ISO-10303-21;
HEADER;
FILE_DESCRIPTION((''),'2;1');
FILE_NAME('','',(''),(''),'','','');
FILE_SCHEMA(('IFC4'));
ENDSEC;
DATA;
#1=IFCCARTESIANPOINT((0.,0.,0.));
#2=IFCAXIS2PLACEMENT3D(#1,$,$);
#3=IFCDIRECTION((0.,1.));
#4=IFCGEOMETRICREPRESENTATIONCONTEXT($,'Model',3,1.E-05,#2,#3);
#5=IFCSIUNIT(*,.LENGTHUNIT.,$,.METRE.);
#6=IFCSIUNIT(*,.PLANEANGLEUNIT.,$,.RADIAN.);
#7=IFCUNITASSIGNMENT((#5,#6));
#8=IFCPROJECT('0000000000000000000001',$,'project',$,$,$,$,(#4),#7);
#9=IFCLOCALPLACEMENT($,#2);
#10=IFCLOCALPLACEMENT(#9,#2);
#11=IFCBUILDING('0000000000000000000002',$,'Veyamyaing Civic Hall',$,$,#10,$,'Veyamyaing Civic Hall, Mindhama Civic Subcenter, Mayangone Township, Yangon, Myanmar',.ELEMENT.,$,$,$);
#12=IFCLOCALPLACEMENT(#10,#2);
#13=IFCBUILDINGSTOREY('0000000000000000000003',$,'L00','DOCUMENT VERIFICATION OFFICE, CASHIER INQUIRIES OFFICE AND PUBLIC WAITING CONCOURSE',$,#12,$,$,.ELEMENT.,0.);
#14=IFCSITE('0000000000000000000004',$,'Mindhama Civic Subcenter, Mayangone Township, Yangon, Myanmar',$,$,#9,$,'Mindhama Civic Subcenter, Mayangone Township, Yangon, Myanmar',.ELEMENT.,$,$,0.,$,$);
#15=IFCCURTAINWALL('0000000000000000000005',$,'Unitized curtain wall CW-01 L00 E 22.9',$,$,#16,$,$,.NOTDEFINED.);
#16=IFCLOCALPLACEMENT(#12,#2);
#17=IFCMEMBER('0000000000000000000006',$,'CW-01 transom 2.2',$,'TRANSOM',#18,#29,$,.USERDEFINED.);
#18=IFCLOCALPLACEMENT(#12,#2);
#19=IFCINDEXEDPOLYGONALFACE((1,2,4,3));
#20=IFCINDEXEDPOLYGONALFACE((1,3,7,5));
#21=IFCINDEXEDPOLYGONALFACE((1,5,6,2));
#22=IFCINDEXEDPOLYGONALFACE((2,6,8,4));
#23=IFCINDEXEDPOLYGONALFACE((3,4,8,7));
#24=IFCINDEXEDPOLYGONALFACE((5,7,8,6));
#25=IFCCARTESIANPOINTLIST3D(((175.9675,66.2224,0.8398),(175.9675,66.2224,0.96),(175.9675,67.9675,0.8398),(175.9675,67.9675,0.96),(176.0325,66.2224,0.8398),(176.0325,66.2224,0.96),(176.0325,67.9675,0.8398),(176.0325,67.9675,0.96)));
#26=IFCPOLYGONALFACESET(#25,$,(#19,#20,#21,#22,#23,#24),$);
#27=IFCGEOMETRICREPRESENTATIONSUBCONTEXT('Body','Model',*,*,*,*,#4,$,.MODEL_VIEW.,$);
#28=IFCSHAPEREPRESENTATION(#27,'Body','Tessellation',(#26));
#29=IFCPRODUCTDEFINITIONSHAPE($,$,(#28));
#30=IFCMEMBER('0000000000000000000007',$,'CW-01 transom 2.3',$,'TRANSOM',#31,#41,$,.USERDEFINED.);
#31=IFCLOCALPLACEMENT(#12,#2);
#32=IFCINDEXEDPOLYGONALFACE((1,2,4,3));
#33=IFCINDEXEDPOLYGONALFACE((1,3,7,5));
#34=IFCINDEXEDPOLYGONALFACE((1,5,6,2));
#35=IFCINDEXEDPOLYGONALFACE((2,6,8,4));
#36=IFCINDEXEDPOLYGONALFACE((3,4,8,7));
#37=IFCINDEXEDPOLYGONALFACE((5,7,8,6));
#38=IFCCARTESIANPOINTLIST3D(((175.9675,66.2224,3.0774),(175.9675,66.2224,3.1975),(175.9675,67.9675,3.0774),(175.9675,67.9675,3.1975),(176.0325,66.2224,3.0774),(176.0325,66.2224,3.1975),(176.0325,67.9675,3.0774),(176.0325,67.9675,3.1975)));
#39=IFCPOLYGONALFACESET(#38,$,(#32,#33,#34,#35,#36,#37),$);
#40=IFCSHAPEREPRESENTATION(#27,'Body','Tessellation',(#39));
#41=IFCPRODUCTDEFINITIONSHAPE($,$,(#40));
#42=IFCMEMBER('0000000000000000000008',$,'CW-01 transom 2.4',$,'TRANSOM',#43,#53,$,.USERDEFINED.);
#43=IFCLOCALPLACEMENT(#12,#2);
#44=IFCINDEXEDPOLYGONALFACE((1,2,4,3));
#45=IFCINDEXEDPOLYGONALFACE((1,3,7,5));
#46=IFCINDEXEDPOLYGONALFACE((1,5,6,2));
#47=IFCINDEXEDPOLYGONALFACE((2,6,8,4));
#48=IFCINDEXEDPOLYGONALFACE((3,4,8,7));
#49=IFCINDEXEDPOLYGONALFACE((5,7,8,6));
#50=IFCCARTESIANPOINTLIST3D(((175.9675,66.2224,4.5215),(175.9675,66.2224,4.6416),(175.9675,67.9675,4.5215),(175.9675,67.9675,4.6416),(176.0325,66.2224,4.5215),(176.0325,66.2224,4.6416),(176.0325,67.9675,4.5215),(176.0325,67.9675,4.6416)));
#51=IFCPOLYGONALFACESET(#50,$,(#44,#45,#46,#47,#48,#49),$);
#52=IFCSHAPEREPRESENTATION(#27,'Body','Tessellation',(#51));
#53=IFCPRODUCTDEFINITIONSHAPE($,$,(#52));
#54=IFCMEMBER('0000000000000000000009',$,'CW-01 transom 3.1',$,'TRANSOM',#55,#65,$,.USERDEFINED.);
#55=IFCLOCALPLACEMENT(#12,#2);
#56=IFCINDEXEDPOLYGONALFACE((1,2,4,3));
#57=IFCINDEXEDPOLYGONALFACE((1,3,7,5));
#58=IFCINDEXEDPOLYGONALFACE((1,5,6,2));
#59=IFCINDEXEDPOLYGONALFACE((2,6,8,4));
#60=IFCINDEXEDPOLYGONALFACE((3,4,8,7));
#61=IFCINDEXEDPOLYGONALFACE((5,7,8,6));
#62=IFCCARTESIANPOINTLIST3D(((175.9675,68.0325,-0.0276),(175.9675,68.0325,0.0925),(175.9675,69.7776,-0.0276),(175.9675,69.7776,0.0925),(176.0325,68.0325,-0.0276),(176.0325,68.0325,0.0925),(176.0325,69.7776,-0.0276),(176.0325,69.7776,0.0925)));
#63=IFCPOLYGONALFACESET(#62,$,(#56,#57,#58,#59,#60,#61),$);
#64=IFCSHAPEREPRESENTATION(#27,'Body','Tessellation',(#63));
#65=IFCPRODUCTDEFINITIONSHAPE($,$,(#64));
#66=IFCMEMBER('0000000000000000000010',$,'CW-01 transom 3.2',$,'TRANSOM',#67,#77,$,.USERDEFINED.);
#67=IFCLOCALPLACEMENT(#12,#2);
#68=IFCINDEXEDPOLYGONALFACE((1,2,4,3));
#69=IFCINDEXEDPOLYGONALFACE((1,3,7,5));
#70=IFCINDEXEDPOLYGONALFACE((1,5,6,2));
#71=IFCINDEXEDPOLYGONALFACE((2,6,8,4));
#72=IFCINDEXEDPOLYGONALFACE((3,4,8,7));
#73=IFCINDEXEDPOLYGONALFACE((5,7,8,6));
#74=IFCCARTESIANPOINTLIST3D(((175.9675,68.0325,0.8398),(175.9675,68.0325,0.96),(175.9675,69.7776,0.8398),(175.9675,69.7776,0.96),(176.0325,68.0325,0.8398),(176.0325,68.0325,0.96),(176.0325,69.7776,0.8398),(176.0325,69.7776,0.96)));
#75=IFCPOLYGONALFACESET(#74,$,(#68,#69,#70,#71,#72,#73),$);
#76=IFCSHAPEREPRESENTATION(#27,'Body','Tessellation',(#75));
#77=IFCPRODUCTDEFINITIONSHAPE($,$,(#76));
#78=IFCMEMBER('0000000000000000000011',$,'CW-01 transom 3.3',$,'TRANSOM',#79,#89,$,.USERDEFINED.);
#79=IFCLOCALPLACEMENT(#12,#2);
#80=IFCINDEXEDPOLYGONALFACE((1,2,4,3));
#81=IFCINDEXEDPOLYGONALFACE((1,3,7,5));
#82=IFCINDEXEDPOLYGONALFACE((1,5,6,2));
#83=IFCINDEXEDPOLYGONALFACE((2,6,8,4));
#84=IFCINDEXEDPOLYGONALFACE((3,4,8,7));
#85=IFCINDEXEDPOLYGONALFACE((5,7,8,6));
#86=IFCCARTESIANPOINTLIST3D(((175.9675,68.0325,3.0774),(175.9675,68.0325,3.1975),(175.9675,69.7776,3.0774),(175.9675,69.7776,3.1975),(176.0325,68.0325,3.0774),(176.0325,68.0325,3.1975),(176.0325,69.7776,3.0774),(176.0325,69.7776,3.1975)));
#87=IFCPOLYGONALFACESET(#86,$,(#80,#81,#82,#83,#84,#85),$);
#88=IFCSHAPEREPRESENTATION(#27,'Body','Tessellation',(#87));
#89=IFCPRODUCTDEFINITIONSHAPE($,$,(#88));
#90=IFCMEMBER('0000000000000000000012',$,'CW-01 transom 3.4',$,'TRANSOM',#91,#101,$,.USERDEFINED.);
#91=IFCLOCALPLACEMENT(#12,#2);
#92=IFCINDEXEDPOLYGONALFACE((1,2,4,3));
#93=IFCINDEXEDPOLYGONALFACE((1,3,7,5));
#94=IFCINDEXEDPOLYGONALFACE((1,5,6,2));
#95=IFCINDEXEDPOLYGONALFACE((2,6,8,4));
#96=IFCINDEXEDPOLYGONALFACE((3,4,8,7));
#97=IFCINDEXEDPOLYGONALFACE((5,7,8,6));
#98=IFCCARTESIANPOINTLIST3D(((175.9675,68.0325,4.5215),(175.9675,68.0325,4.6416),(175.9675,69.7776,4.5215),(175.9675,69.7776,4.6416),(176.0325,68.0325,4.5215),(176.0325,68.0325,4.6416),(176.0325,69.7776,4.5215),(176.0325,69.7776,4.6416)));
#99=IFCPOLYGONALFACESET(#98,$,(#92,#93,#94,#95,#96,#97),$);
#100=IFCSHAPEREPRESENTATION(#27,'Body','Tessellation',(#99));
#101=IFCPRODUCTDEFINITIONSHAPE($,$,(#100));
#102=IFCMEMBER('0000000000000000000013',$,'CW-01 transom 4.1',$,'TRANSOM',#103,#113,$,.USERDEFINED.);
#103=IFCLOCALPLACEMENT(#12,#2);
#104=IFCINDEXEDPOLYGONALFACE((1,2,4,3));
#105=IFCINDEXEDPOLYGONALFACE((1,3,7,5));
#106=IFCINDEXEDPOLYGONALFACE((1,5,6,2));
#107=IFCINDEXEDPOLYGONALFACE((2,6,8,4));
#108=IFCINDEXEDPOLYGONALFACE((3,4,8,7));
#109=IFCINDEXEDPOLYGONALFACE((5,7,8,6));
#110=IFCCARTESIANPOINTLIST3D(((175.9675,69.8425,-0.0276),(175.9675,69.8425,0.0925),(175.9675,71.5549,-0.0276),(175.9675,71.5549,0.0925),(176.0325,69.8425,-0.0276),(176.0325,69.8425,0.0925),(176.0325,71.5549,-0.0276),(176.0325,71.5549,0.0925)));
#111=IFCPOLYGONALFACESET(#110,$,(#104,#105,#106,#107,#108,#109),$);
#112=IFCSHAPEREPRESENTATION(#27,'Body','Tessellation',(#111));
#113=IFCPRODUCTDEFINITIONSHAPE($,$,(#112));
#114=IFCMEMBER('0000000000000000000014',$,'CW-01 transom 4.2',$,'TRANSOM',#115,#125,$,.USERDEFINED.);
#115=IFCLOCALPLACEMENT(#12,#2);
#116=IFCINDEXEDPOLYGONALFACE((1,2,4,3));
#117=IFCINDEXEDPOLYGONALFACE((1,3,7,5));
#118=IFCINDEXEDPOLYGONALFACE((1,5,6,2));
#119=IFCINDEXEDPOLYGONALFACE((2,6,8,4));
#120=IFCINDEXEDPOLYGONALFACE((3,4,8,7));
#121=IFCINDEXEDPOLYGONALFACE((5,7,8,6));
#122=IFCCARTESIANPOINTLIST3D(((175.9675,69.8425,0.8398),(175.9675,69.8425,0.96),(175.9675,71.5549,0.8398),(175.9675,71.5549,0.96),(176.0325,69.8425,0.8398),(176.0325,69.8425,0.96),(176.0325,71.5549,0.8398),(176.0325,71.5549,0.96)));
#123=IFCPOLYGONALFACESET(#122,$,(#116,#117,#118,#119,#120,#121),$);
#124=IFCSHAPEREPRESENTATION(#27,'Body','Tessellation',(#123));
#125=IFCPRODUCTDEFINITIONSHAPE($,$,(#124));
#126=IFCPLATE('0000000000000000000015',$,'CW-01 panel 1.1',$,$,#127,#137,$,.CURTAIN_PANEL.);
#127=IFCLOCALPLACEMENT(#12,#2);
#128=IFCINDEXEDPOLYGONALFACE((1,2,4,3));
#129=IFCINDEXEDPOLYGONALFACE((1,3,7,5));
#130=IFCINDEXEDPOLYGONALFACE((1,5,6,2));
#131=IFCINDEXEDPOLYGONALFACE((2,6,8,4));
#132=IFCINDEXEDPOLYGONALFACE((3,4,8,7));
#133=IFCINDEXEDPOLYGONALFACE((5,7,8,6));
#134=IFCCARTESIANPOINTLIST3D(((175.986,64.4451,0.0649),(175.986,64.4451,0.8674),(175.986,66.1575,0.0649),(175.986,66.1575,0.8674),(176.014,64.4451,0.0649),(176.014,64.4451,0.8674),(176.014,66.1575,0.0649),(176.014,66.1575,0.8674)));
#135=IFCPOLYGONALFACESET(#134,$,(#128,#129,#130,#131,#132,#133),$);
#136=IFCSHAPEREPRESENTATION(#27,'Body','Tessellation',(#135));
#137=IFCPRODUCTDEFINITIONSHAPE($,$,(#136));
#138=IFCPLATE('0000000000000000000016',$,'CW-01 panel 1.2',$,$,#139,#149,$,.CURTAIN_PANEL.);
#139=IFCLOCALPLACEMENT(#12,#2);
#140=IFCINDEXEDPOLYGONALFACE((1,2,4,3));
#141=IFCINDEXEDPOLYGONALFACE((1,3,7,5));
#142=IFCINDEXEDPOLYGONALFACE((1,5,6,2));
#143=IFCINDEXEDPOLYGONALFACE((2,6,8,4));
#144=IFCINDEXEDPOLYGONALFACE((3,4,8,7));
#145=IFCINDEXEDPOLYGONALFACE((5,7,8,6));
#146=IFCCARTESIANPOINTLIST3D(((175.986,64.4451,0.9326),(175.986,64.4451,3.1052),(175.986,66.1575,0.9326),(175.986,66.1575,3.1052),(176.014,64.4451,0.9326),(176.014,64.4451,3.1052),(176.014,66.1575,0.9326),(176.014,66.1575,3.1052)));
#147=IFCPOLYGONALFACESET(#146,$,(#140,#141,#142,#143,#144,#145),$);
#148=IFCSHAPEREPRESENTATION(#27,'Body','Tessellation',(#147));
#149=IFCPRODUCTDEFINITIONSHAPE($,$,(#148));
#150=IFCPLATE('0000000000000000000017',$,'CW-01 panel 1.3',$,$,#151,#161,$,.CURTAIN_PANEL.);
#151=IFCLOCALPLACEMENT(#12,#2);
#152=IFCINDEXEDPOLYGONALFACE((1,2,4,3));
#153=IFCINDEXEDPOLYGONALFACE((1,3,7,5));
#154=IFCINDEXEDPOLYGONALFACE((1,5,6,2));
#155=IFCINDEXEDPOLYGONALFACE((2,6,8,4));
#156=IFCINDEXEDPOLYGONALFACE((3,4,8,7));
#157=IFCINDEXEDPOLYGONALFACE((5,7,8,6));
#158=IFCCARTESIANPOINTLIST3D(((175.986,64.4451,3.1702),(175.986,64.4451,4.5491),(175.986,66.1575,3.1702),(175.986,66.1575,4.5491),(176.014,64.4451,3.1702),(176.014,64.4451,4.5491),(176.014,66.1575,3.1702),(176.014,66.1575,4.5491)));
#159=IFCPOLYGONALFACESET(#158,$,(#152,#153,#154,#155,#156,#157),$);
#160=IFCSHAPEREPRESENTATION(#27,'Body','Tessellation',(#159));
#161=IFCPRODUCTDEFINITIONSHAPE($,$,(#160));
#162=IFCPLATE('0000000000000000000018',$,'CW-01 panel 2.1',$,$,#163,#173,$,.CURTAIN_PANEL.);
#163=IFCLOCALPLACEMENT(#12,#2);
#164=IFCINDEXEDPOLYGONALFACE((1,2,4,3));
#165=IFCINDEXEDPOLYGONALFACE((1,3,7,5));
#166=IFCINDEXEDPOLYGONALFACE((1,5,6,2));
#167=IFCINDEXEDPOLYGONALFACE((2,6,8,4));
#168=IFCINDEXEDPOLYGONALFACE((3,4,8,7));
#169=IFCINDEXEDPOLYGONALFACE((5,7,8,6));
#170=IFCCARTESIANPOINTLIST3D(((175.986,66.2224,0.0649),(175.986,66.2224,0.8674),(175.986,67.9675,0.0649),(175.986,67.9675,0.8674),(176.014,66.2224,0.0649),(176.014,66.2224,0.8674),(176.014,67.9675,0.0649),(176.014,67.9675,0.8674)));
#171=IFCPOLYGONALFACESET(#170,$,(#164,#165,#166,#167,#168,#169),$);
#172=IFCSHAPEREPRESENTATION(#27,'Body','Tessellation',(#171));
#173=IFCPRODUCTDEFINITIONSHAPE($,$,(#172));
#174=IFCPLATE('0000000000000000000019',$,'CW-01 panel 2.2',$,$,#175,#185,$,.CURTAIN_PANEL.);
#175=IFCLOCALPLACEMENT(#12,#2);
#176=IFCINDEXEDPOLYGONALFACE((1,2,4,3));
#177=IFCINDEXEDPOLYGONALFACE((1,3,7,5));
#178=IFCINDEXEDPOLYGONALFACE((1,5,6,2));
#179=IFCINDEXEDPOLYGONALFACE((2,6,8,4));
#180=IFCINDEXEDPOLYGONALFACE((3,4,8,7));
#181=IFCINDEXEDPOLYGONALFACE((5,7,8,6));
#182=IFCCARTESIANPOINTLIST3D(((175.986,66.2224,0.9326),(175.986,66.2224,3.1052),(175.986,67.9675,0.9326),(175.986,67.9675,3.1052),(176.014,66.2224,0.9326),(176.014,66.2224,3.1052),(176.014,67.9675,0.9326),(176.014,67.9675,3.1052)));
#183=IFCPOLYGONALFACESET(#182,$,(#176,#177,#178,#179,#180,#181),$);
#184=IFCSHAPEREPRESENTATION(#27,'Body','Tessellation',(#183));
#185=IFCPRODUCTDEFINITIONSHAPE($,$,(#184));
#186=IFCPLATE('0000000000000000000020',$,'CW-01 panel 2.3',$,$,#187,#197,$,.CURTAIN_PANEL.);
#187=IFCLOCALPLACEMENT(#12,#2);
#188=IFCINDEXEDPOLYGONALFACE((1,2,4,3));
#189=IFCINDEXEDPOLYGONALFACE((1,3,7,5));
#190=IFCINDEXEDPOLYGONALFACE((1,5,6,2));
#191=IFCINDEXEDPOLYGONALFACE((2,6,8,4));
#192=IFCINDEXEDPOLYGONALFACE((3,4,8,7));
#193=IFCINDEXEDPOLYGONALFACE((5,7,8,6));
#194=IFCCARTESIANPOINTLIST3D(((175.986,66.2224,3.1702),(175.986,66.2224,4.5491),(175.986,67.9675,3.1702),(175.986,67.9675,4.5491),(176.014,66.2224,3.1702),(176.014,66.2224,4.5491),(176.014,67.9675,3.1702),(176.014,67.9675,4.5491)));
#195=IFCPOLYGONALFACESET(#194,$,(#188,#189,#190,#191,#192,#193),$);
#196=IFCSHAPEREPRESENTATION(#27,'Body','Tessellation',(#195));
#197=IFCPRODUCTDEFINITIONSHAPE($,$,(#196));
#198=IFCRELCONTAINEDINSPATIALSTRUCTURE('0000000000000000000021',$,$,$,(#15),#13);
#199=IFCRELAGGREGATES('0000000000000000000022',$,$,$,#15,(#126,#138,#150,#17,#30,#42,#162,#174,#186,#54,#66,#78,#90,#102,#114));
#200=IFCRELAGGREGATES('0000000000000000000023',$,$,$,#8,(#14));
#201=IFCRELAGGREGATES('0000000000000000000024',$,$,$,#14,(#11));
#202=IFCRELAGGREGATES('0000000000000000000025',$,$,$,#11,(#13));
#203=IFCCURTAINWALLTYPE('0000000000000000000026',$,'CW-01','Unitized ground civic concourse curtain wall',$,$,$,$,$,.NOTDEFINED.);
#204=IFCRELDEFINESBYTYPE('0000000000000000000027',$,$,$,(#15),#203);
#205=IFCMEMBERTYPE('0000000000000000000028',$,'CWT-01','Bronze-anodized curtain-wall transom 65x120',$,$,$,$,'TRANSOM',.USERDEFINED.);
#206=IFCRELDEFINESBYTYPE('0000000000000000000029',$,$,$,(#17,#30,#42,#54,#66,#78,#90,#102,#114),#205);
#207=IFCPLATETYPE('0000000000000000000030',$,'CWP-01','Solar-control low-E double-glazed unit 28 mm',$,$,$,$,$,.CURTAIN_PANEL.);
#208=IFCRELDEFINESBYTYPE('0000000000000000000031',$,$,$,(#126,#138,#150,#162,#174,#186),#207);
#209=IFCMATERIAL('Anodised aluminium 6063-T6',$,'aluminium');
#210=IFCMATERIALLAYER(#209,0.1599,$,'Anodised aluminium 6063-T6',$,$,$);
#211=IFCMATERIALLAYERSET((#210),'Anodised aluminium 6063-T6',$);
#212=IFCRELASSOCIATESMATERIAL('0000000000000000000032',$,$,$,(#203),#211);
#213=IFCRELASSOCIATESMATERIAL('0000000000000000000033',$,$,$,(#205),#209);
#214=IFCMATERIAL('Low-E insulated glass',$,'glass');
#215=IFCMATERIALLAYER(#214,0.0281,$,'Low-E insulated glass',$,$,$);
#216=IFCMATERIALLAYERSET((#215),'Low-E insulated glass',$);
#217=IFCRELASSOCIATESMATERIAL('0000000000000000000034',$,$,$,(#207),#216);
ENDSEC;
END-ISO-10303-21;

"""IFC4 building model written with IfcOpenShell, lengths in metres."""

from ifc_helpers import new_model, si_unit, direction, frame, origin, origin_2d, place, context, subcontext, project, spatial, rectangle, extrude, material, layer, layer_set, material_profile, profile_set, type_object, element, aggregate, save


model = new_model("IFC4")

# Units and contexts
model_context = context("Model", 3, precision=1e-05, world=origin(), true_north=direction((0.0, 1.0)))
body_context = subcontext(model_context, "Body", "Model", "MODEL_VIEW")
ifc_project = project(units=[si_unit("LENGTHUNIT", "METRE"), si_unit("PLANEANGLEUNIT", "RADIAN")], contexts=[model_context])

# Site, building, storey
site_placement = place(None, origin())
site = spatial("IfcSite", under=ifc_project, at=site_placement, Name="Mindhama Civic Subcenter, Mayangone Township, Yangon, Myanmar", LongName="Mindhama Civic Subcenter, Mayangone Township, Yangon, Myanmar", CompositionType="ELEMENT", RefElevation=0.0)
building_placement = place(site_placement, origin())
building = spatial("IfcBuilding", under=site, at=building_placement, Name="Veyamyaing Civic Hall", LongName="Veyamyaing Civic Hall, Mindhama Civic Subcenter, Mayangone Township, Yangon, Myanmar", CompositionType="ELEMENT")
storey_placement = place(building_placement, origin())
storey = spatial("IfcBuildingStorey", under=building, at=storey_placement, Name="L00", Description="DOCUMENT VERIFICATION OFFICE, CASHIER INQUIRIES OFFICE AND PUBLIC WAITING CONCOURSE", CompositionType="ELEMENT", Elevation=0.0)

# Curtain wall, members, plates
ifc_material_1 = material(Name="Anodised aluminium 6063-T6", Category="aluminium")
ifc_layer_1 = layer(ifc_material_1, 0.1599, Name="Anodised aluminium 6063-T6")
ifc_layer_set_1 = layer_set([ifc_layer_1], Name="Anodised aluminium 6063-T6")
curtain_wall_type = type_object("IfcCurtainWallType", Name="CW-01", Description="Unitized ground civic concourse curtain wall", PredefinedType="NOTDEFINED", material=ifc_layer_set_1)
curtain_wall_placement = place(storey_placement, origin())
curtain_wall = element("IfcCurtainWall", 1, at=curtain_wall_placement, inside=storey, type_object=curtain_wall_type, Name="Unitized curtain wall CW-01 L00 E 22.9", PredefinedType="NOTDEFINED")
ifc_material_profile_1 = material_profile(ifc_material_1, rectangle(XDim=0.0649, YDim=0.1201, at=origin_2d()), Name="ALU-TRN-65X120")
ifc_profile_set_1 = profile_set([ifc_material_profile_1], Name="Anodised aluminium 6063-T6")
member_type_1 = type_object("IfcMemberType", Name="CWT-01", Description="Bronze-anodized curtain-wall transom 65x120", ElementType="TRANSOM", PredefinedType="USERDEFINED", material=ifc_profile_set_1)
member_1_placement = place(storey_placement, frame((176.0, 66.2224, 0.8999), z_axis=(0.0, 1.0, 0.0), x_axis=(-1.0, 0.0, 0.0)))
member_1 = element("IfcMember", 2, at=member_1_placement, type_object=member_type_1, Name="CW-01 transom 2.2", ObjectType="TRANSOM", PredefinedType="USERDEFINED", context=body_context, shape_type="SweptSolid", body=[
    extrude(rectangle(XDim=0.0649, YDim=0.1201, at=origin_2d()), origin(), (0.0, 0.0, 1.0), 1.7451),
])
member_2_placement = place(storey_placement, frame((176.0, 66.2224, 3.1375), z_axis=(0.0, 1.0, 0.0), x_axis=(-1.0, 0.0, 0.0)))
member_2 = element("IfcMember", 3, at=member_2_placement, type_object=member_type_1, Name="CW-01 transom 2.3", ObjectType="TRANSOM", PredefinedType="USERDEFINED", context=body_context, shape_type="SweptSolid", body=[
    extrude(rectangle(XDim=0.0649, YDim=0.1201, at=origin_2d()), origin(), (0.0, 0.0, 1.0), 1.7451),
])
member_3_placement = place(storey_placement, frame((176.0, 66.2224, 4.5815), z_axis=(0.0, 1.0, 0.0), x_axis=(-1.0, 0.0, 0.0)))
member_3 = element("IfcMember", 4, at=member_3_placement, type_object=member_type_1, Name="CW-01 transom 2.4", ObjectType="TRANSOM", PredefinedType="USERDEFINED", context=body_context, shape_type="SweptSolid", body=[
    extrude(rectangle(XDim=0.0649, YDim=0.1201, at=origin_2d()), origin(), (0.0, 0.0, 1.0), 1.7451),
])
member_4_placement = place(storey_placement, frame((176.0, 68.0325, 0.0325), z_axis=(0.0, 1.0, 0.0), x_axis=(-1.0, 0.0, 0.0)))
member_4 = element("IfcMember", 5, at=member_4_placement, type_object=member_type_1, Name="CW-01 transom 3.1", ObjectType="TRANSOM", PredefinedType="USERDEFINED", context=body_context, shape_type="SweptSolid", body=[
    extrude(rectangle(XDim=0.0649, YDim=0.1201, at=origin_2d()), origin(), (0.0, 0.0, 1.0), 1.7451),
])
member_5_placement = place(storey_placement, frame((176.0, 68.0325, 0.8999), z_axis=(0.0, 1.0, 0.0), x_axis=(-1.0, 0.0, 0.0)))
member_5 = element("IfcMember", 6, at=member_5_placement, type_object=member_type_1, Name="CW-01 transom 3.2", ObjectType="TRANSOM", PredefinedType="USERDEFINED", context=body_context, shape_type="SweptSolid", body=[
    extrude(rectangle(XDim=0.0649, YDim=0.1201, at=origin_2d()), origin(), (0.0, 0.0, 1.0), 1.7451),
])
member_6_placement = place(storey_placement, frame((176.0, 68.0325, 3.1375), z_axis=(0.0, 1.0, 0.0), x_axis=(-1.0, 0.0, 0.0)))
member_6 = element("IfcMember", 7, at=member_6_placement, type_object=member_type_1, Name="CW-01 transom 3.3", ObjectType="TRANSOM", PredefinedType="USERDEFINED", context=body_context, shape_type="SweptSolid", body=[
    extrude(rectangle(XDim=0.0649, YDim=0.1201, at=origin_2d()), origin(), (0.0, 0.0, 1.0), 1.7451),
])
member_7_placement = place(storey_placement, frame((176.0, 68.0325, 4.5815), z_axis=(0.0, 1.0, 0.0), x_axis=(-1.0, 0.0, 0.0)))
member_7 = element("IfcMember", 8, at=member_7_placement, type_object=member_type_1, Name="CW-01 transom 3.4", ObjectType="TRANSOM", PredefinedType="USERDEFINED", context=body_context, shape_type="SweptSolid", body=[
    extrude(rectangle(XDim=0.0649, YDim=0.1201, at=origin_2d()), origin(), (0.0, 0.0, 1.0), 1.7451),
])
member_8_placement = place(storey_placement, frame((176.0, 69.8425, 0.0325), z_axis=(0.0, 1.0, 0.0), x_axis=(-1.0, 0.0, 0.0)))
member_8 = element("IfcMember", 9, at=member_8_placement, type_object=member_type_1, Name="CW-01 transom 4.1", ObjectType="TRANSOM", PredefinedType="USERDEFINED", context=body_context, shape_type="SweptSolid", body=[
    extrude(rectangle(XDim=0.0649, YDim=0.1201, at=origin_2d()), origin(), (0.0, 0.0, 1.0), 1.7124),
])
member_9_placement = place(storey_placement, frame((176.0, 69.8425, 0.8999), z_axis=(0.0, 1.0, 0.0), x_axis=(-1.0, 0.0, 0.0)))
member_9 = element("IfcMember", 10, at=member_9_placement, type_object=member_type_1, Name="CW-01 transom 4.2", ObjectType="TRANSOM", PredefinedType="USERDEFINED", context=body_context, shape_type="SweptSolid", body=[
    extrude(rectangle(XDim=0.0649, YDim=0.1201, at=origin_2d()), origin(), (0.0, 0.0, 1.0), 1.7124),
])
ifc_material_2 = material(Name="Low-E insulated glass", Category="glass")
ifc_layer_2 = layer(ifc_material_2, 0.0281, Name="Low-E insulated glass")
ifc_layer_set_2 = layer_set([ifc_layer_2], Name="Low-E insulated glass")
plate_type = type_object("IfcPlateType", Name="CWP-01", Description="Solar-control low-E double-glazed unit 28 mm", PredefinedType="CURTAIN_PANEL", material=ifc_layer_set_2)
plate_1_placement = place(storey_placement, frame((176.0, 65.3013, 0.0649), z_axis=(0.0, 0.0, 1.0), x_axis=(0.0, 1.0, 0.0)))
plate_1 = element("IfcPlate", 11, at=plate_1_placement, type_object=plate_type, Name="CW-01 panel 1.1", PredefinedType="CURTAIN_PANEL", context=body_context, shape_type="SweptSolid", body=[
    extrude(rectangle(XDim=1.7124, YDim=0.0281, at=origin_2d()), origin(), (0.0, 0.0, 1.0), 0.8025),
])
plate_2_placement = place(storey_placement, frame((176.0, 65.3013, 0.9326), z_axis=(0.0, 0.0, 1.0), x_axis=(0.0, 1.0, 0.0)))
plate_2 = element("IfcPlate", 12, at=plate_2_placement, type_object=plate_type, Name="CW-01 panel 1.2", PredefinedType="CURTAIN_PANEL", context=body_context, shape_type="SweptSolid", body=[
    extrude(rectangle(XDim=1.7124, YDim=0.0281, at=origin_2d()), origin(), (0.0, 0.0, 1.0), 2.1726),
])
plate_3_placement = place(storey_placement, frame((176.0, 65.3013, 3.1702), z_axis=(0.0, 0.0, 1.0), x_axis=(0.0, 1.0, 0.0)))
plate_3 = element("IfcPlate", 13, at=plate_3_placement, type_object=plate_type, Name="CW-01 panel 1.3", PredefinedType="CURTAIN_PANEL", context=body_context, shape_type="SweptSolid", body=[
    extrude(rectangle(XDim=1.7124, YDim=0.0281, at=origin_2d()), origin(), (0.0, 0.0, 1.0), 1.3789),
])
plate_4_placement = place(storey_placement, frame((176.0, 67.095, 0.0649), z_axis=(0.0, 0.0, 1.0), x_axis=(0.0, 1.0, 0.0)))
plate_4 = element("IfcPlate", 14, at=plate_4_placement, type_object=plate_type, Name="CW-01 panel 2.1", PredefinedType="CURTAIN_PANEL", context=body_context, shape_type="SweptSolid", body=[
    extrude(rectangle(XDim=1.7451, YDim=0.0281, at=origin_2d()), origin(), (0.0, 0.0, 1.0), 0.8025),
])
plate_5_placement = place(storey_placement, frame((176.0, 67.095, 0.9326), z_axis=(0.0, 0.0, 1.0), x_axis=(0.0, 1.0, 0.0)))
plate_5 = element("IfcPlate", 15, at=plate_5_placement, type_object=plate_type, Name="CW-01 panel 2.2", PredefinedType="CURTAIN_PANEL", context=body_context, shape_type="SweptSolid", body=[
    extrude(rectangle(XDim=1.7451, YDim=0.0281, at=origin_2d()), origin(), (0.0, 0.0, 1.0), 2.1726),
])
plate_6_placement = place(storey_placement, frame((176.0, 67.095, 3.1702), z_axis=(0.0, 0.0, 1.0), x_axis=(0.0, 1.0, 0.0)))
plate_6 = element("IfcPlate", 16, at=plate_6_placement, type_object=plate_type, Name="CW-01 panel 2.3", PredefinedType="CURTAIN_PANEL", context=body_context, shape_type="SweptSolid", body=[
    extrude(rectangle(XDim=1.7451, YDim=0.0281, at=origin_2d()), origin(), (0.0, 0.0, 1.0), 1.3789),
])
aggregate(curtain_wall, [plate_1, plate_2, plate_3, member_1, member_2, member_3, plate_4, plate_5, plate_6, member_4, member_5, member_6, member_7, member_8, member_9])

save(model, "model.ifc")
